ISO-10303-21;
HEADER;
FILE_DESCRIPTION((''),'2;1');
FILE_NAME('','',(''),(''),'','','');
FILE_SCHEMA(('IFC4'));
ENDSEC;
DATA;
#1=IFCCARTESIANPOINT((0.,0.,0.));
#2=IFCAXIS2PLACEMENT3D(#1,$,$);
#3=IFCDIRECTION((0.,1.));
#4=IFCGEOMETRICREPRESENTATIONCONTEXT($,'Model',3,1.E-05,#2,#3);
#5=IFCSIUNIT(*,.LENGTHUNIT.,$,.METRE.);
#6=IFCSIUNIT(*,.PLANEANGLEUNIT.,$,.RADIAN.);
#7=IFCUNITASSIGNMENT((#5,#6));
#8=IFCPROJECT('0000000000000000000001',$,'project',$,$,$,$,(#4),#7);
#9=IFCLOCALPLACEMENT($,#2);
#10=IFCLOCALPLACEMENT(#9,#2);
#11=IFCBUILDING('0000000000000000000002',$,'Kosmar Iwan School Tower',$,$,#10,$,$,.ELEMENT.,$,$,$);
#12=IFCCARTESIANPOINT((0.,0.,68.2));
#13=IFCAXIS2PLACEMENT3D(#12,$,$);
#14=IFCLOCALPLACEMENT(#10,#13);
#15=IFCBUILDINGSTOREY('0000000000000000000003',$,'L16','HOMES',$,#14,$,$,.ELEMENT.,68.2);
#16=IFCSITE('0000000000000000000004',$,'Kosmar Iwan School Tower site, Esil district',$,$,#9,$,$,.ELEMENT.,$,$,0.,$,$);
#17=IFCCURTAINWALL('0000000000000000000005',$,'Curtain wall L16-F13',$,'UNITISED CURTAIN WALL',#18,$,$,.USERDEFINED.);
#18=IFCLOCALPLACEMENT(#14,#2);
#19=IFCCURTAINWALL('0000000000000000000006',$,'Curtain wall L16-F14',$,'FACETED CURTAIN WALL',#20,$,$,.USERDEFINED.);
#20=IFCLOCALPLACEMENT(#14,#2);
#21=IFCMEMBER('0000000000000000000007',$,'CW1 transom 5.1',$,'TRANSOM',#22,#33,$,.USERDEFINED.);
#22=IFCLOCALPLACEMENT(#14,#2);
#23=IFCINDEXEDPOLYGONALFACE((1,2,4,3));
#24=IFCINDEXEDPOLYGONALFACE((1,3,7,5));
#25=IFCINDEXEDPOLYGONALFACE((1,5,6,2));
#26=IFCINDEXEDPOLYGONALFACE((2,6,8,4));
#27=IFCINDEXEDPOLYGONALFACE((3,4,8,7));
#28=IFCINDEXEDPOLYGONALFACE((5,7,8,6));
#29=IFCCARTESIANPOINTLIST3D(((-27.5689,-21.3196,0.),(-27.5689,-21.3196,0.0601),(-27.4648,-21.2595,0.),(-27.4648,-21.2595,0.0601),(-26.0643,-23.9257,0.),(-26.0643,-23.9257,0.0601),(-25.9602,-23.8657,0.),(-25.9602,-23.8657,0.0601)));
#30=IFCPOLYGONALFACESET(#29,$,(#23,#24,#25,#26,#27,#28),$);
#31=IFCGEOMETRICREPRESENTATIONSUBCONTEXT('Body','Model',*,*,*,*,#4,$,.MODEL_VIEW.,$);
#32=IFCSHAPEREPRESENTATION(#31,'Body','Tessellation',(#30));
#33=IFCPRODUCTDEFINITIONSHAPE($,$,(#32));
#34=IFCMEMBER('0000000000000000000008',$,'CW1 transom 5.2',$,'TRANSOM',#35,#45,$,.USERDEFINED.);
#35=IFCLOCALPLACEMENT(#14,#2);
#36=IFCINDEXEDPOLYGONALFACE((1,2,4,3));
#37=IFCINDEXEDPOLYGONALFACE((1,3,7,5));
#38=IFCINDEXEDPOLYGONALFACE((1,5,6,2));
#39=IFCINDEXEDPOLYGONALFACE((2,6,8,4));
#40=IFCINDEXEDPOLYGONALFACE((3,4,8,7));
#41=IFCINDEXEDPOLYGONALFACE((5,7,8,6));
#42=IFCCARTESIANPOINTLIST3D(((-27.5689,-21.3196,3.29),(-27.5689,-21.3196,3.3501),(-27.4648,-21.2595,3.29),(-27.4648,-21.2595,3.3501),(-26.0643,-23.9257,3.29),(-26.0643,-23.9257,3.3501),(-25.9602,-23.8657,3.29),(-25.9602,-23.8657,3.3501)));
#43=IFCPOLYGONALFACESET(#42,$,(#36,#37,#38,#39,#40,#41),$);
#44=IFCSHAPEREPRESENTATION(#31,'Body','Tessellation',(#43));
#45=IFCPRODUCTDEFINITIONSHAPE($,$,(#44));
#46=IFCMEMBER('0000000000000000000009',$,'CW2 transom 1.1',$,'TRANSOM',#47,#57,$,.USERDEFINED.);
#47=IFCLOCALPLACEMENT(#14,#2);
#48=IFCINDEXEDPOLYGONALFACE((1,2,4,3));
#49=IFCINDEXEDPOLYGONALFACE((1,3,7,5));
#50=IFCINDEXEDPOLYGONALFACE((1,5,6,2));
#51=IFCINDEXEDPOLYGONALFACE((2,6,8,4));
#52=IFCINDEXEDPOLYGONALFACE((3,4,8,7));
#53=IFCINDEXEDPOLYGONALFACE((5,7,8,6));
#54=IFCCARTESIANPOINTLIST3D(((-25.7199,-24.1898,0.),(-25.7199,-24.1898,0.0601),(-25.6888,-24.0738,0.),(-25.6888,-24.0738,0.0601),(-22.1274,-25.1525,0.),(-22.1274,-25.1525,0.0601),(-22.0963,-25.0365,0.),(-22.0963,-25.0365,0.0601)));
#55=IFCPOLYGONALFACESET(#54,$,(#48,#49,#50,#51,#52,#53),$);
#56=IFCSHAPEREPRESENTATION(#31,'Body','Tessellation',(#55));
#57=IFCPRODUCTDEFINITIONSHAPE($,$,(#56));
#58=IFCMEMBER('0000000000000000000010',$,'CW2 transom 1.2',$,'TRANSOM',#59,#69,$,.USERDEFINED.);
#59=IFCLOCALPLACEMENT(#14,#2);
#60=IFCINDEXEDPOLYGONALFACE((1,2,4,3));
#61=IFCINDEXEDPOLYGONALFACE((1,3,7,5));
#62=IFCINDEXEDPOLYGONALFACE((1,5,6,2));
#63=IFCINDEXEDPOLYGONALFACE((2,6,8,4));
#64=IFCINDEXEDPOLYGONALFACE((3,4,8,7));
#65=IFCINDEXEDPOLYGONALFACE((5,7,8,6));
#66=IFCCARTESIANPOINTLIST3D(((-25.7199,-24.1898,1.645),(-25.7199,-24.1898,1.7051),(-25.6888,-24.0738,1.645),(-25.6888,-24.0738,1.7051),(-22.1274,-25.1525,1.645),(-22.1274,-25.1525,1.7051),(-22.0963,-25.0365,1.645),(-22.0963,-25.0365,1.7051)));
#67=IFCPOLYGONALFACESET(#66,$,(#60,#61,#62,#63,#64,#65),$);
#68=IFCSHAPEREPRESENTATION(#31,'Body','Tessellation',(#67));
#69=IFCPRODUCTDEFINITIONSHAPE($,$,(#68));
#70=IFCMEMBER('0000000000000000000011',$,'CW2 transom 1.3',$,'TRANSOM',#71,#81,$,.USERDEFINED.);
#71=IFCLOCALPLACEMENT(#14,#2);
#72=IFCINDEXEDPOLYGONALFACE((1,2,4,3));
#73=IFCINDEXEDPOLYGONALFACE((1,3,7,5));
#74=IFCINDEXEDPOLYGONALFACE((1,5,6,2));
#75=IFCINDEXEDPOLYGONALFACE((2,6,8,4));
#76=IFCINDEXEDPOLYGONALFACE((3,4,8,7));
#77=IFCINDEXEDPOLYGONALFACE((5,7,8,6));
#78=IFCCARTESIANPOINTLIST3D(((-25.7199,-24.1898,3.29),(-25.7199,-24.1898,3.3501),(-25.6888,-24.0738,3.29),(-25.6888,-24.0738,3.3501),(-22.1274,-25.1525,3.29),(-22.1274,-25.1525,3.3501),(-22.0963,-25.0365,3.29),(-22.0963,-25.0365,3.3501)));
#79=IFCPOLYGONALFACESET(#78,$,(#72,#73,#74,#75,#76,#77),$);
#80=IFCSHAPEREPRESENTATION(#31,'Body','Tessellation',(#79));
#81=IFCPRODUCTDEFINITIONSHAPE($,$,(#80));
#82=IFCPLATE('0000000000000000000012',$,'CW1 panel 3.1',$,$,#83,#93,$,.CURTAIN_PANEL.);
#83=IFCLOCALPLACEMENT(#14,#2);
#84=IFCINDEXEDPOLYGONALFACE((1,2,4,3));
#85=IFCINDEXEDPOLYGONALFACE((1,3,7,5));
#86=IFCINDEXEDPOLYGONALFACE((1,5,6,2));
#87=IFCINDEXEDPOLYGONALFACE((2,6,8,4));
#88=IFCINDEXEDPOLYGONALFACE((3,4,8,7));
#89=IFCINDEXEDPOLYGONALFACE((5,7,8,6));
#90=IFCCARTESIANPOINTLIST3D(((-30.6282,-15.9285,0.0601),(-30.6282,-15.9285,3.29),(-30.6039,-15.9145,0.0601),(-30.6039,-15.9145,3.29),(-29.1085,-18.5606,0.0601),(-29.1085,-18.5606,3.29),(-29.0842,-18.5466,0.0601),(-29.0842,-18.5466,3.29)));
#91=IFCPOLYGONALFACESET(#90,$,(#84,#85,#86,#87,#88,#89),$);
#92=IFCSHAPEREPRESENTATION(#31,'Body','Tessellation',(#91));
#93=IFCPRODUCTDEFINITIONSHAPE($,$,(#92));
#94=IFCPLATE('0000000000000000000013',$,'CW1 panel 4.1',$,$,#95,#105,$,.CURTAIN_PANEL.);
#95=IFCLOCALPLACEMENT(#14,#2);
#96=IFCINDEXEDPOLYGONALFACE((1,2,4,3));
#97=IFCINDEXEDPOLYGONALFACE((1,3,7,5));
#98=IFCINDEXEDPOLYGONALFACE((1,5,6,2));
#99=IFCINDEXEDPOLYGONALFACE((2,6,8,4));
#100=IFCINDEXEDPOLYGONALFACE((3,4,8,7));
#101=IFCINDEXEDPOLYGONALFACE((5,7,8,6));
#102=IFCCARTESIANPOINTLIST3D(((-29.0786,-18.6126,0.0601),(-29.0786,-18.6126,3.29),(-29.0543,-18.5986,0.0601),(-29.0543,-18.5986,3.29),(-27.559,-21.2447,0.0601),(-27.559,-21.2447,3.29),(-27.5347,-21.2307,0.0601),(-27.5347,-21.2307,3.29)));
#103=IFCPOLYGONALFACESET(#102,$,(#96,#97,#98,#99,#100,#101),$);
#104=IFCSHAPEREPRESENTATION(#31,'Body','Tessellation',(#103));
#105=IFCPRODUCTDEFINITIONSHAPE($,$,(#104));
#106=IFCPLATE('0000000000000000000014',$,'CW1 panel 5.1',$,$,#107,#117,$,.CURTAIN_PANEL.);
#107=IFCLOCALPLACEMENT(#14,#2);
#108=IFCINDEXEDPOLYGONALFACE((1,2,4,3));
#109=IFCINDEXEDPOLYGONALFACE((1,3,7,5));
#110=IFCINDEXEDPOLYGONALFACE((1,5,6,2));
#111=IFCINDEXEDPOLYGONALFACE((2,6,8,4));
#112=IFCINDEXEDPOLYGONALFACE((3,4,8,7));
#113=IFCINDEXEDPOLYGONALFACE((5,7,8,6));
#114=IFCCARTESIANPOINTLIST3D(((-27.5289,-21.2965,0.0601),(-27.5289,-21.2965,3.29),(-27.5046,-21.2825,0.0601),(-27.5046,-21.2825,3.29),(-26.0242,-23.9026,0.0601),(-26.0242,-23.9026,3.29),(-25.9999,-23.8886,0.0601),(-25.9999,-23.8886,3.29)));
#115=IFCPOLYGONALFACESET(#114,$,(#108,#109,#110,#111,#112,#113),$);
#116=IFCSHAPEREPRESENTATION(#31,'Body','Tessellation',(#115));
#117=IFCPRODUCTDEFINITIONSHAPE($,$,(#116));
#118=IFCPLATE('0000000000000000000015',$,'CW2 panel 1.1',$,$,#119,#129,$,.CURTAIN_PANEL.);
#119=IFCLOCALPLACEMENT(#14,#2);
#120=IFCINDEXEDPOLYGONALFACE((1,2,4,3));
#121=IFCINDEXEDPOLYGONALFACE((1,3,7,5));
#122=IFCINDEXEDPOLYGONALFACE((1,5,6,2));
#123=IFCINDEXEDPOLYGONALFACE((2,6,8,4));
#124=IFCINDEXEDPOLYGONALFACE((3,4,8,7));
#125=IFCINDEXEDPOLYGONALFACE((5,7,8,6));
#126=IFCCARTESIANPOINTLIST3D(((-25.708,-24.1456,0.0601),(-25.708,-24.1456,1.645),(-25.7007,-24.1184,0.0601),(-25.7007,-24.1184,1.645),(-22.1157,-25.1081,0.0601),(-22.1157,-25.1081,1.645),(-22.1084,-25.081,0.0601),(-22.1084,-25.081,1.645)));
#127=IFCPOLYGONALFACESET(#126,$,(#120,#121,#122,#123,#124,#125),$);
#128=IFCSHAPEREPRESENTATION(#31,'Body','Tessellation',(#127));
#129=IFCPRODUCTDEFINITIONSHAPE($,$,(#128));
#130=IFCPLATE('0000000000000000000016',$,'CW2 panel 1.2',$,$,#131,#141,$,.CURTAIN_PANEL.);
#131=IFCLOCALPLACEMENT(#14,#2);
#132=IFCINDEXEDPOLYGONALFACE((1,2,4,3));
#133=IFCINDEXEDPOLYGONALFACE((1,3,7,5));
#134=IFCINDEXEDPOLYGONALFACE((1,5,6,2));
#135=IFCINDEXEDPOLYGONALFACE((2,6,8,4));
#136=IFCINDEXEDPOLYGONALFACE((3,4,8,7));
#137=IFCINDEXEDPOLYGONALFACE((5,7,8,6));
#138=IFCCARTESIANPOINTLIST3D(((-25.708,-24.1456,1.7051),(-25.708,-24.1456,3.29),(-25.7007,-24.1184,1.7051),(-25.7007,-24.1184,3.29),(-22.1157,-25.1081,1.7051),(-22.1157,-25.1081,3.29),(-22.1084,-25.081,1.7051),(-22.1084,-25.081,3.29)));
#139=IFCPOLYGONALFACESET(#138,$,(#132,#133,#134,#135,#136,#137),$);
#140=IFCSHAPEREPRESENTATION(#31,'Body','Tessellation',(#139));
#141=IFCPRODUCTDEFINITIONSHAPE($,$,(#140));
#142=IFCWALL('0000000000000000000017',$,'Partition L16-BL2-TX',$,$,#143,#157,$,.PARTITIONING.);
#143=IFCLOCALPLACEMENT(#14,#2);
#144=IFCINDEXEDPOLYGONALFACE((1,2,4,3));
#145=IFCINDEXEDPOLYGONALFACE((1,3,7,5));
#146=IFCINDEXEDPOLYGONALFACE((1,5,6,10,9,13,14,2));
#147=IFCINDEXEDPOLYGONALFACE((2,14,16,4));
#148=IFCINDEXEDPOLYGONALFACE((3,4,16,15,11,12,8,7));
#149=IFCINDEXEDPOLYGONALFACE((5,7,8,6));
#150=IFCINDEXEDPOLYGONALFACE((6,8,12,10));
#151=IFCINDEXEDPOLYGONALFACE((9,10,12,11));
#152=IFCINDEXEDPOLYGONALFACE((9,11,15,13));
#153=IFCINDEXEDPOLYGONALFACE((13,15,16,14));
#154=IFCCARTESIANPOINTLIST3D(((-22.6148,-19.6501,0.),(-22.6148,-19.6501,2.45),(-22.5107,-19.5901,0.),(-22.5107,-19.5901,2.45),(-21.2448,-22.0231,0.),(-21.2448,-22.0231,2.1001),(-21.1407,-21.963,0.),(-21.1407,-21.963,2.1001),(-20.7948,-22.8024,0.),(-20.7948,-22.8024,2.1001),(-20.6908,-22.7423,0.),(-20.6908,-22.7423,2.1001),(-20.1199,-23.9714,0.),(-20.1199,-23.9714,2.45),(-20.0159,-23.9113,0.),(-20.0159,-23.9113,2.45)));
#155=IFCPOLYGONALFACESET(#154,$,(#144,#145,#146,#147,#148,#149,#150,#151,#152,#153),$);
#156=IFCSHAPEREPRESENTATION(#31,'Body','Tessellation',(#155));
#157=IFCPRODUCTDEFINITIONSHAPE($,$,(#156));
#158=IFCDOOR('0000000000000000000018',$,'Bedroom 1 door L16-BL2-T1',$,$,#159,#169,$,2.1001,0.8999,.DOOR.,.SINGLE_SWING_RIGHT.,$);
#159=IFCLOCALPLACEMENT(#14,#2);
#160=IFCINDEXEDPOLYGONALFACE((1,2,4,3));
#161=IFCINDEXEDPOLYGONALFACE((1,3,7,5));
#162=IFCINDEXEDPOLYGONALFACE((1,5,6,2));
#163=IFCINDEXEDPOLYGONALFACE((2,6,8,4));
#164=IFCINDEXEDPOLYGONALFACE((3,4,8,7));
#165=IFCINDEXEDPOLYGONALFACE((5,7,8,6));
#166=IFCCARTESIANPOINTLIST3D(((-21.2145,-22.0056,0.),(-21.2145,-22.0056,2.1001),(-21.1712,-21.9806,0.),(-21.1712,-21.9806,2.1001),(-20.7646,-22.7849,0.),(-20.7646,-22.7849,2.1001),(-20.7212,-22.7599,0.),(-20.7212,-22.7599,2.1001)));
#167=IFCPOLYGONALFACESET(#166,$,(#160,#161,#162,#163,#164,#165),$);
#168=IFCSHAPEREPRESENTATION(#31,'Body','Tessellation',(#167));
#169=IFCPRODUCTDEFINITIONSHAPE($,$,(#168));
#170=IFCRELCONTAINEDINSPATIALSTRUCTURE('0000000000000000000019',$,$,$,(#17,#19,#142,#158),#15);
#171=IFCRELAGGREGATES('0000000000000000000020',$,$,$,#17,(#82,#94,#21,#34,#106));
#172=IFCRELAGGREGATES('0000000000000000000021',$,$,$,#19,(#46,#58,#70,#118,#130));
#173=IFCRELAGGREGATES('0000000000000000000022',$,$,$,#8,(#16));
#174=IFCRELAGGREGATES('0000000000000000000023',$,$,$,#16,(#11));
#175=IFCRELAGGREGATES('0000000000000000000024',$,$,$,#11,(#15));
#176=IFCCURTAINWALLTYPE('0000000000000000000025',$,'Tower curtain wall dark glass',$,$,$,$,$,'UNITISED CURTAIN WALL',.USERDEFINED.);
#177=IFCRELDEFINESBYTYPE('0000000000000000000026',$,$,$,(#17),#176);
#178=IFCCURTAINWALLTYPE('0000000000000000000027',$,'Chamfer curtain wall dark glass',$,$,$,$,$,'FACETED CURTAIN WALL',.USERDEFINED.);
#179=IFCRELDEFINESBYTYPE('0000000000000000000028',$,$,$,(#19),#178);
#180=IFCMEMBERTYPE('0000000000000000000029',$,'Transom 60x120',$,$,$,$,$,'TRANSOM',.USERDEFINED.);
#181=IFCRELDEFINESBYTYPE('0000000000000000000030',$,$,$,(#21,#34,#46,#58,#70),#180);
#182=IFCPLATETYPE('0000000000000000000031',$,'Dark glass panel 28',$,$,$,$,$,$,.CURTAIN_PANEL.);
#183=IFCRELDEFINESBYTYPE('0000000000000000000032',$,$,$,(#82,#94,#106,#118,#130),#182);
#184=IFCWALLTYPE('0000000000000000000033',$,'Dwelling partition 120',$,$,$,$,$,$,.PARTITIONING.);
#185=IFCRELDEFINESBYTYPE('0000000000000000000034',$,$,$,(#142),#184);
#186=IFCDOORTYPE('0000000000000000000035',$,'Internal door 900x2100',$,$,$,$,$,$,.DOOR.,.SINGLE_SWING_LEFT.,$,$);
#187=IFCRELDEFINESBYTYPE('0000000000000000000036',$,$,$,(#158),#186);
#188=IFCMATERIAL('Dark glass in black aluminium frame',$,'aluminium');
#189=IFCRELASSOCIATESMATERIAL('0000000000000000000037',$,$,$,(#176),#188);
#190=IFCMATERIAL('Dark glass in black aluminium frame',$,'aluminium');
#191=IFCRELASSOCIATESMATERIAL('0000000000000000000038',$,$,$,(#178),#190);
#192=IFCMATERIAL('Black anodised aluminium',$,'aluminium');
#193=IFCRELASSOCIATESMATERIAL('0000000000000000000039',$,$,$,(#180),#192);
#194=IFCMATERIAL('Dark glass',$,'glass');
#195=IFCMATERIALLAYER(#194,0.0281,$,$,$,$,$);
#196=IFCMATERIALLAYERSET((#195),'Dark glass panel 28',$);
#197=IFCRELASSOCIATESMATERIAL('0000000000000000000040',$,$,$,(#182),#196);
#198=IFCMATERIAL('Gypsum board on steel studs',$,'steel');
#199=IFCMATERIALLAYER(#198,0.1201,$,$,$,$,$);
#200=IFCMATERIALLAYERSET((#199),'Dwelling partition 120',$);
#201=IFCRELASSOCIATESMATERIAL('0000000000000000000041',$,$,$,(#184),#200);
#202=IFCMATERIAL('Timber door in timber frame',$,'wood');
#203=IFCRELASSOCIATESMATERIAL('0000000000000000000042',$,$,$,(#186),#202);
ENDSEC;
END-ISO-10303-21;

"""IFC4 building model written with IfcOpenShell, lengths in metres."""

from ifc_helpers import new_model, si_unit, direction, frame, frame_2d, origin, origin_2d, place, context, subcontext, project, spatial, rectangle, extrude, material, layer, layer_set, material_profile, profile_set, type_object, element, fill, aggregate, save


model = new_model("IFC4")

# Units and contexts
model_context = context("Model", 3, precision=1e-05, world=origin(), true_north=direction((0.0, 1.0)))
body_context = subcontext(model_context, "Body", "Model", "MODEL_VIEW")
ifc_project = project(units=[si_unit("LENGTHUNIT", "METRE"), si_unit("PLANEANGLEUNIT", "RADIAN")], contexts=[model_context])

# Site, building, storey
site_placement = place(None, origin())
site = spatial("IfcSite", under=ifc_project, at=site_placement, Name="Kosmar Iwan School Tower site, Esil district", CompositionType="ELEMENT", RefElevation=0.0)
building_placement = place(site_placement, origin())
building = spatial("IfcBuilding", under=site, at=building_placement, Name="Kosmar Iwan School Tower", CompositionType="ELEMENT")
storey_placement = place(building_placement, frame((0.0, 0.0, 68.2)))
storey = spatial("IfcBuildingStorey", under=building, at=storey_placement, Name="L16", Description="HOMES", CompositionType="ELEMENT", Elevation=68.2)

# Curtain walls
ifc_material_1 = material(Name="Dark glass in black aluminium frame", Category="aluminium")
curtain_wall_type_1 = type_object("IfcCurtainWallType", Name="Tower curtain wall dark glass", ElementType="UNITISED CURTAIN WALL", PredefinedType="USERDEFINED", material=ifc_material_1)
curtain_wall_1_placement = place(storey_placement, origin())
curtain_wall_1 = element("IfcCurtainWall", 1, at=curtain_wall_1_placement, inside=storey, type_object=curtain_wall_type_1, Name="Curtain wall L16-F13", ObjectType="UNITISED CURTAIN WALL", PredefinedType="USERDEFINED")
ifc_material_2 = material(Name="Dark glass in black aluminium frame", Category="aluminium")
curtain_wall_type_2 = type_object("IfcCurtainWallType", Name="Chamfer curtain wall dark glass", ElementType="FACETED CURTAIN WALL", PredefinedType="USERDEFINED", material=ifc_material_2)
curtain_wall_2_placement = place(storey_placement, origin())
curtain_wall_2 = element("IfcCurtainWall", 2, at=curtain_wall_2_placement, inside=storey, type_object=curtain_wall_type_2, Name="Curtain wall L16-F14", ObjectType="FACETED CURTAIN WALL", PredefinedType="USERDEFINED")

# Members
ifc_material_3 = material(Name="Black anodised aluminium", Category="aluminium")
ifc_material_profile_1 = material_profile(ifc_material_3, rectangle(XDim=0.1201, YDim=0.0601, at=origin_2d()), Name="TRANSOM 60x120")
ifc_profile_set_1 = profile_set([ifc_material_profile_1], Name="Black anodised aluminium")
member_type_1 = type_object("IfcMemberType", Name="Transom 60x120", ElementType="TRANSOM", PredefinedType="USERDEFINED", material=ifc_profile_set_1)
member_1_placement = place(storey_placement, frame((-27.5168, -21.2896, 0.03), z_axis=(0.499987, -0.866033, 0.0), x_axis=(0.866033, 0.499987, 0.0)))
member_1 = element("IfcMember", 3, at=member_1_placement, type_object=member_type_1, Name="CW1 transom 5.1", ObjectType="TRANSOM", PredefinedType="USERDEFINED", context=body_context, shape_type="SweptSolid", body=[
    extrude(rectangle(XDim=0.1201, YDim=0.0601, at=origin_2d()), origin(), (0.0, 0.0, 1.0), 3.0093),
])
member_2_placement = place(storey_placement, frame((-27.5168, -21.2896, 3.3201), z_axis=(0.499987, -0.866033, 0.0), x_axis=(0.866033, 0.499987, 0.0)))
member_2 = element("IfcMember", 4, at=member_2_placement, type_object=member_type_1, Name="CW1 transom 5.2", ObjectType="TRANSOM", PredefinedType="USERDEFINED", context=body_context, shape_type="SweptSolid", body=[
    extrude(rectangle(XDim=0.1201, YDim=0.0601, at=origin_2d()), origin(), (0.0, 0.0, 1.0), 3.0093),
])
member_3_placement = place(storey_placement, frame((-25.7043, -24.1318, 0.03), z_axis=(0.965924, -0.258827, 0.0), x_axis=(0.258827, 0.965924, 0.0)))
member_3 = element("IfcMember", 5, at=member_3_placement, type_object=member_type_1, Name="CW2 transom 1.1", ObjectType="TRANSOM", PredefinedType="USERDEFINED", context=body_context, shape_type="SweptSolid", body=[
    extrude(rectangle(XDim=0.1201, YDim=0.0601, at=origin_2d()), origin(), (0.0, 0.0, 1.0), 3.7192),
])
member_4_placement = place(storey_placement, frame((-25.7043, -24.1318, 1.675), z_axis=(0.965924, -0.258827, 0.0), x_axis=(0.258827, 0.965924, 0.0)))
member_4 = element("IfcMember", 6, at=member_4_placement, type_object=member_type_1, Name="CW2 transom 1.2", ObjectType="TRANSOM", PredefinedType="USERDEFINED", context=body_context, shape_type="SweptSolid", body=[
    extrude(rectangle(XDim=0.1201, YDim=0.0601, at=origin_2d()), origin(), (0.0, 0.0, 1.0), 3.7192),
])
member_5_placement = place(storey_placement, frame((-25.7043, -24.1318, 3.3201), z_axis=(0.965924, -0.258827, 0.0), x_axis=(0.258827, 0.965924, 0.0)))
member_5 = element("IfcMember", 7, at=member_5_placement, type_object=member_type_1, Name="CW2 transom 1.3", ObjectType="TRANSOM", PredefinedType="USERDEFINED", context=body_context, shape_type="SweptSolid", body=[
    extrude(rectangle(XDim=0.1201, YDim=0.0601, at=origin_2d()), origin(), (0.0, 0.0, 1.0), 3.7192),
])

# Plates
ifc_material_4 = material(Name="Dark glass", Category="glass")
ifc_layer_1 = layer(ifc_material_4, 0.0281)
ifc_layer_set_1 = layer_set([ifc_layer_1], Name="Dark glass panel 28")
plate_type = type_object("IfcPlateType", Name="Dark glass panel 28", PredefinedType="CURTAIN_PANEL", material=ifc_layer_set_1)
plate_1_placement = place(storey_placement, frame((-29.8562, -17.2375, 0.0601), z_axis=(0.0, 0.0, 1.0), x_axis=(0.5, -0.866025, 0.0)))
plate_1 = element("IfcPlate", 8, at=plate_1_placement, type_object=plate_type, Name="CW1 panel 3.1", PredefinedType="CURTAIN_PANEL", context=body_context, shape_type="SweptSolid", body=[
    extrude(rectangle(XDim=3.0393, YDim=0.0281, at=origin_2d()), origin(), (0.0, 0.0, 1.0), 3.23),
])
plate_2_placement = place(storey_placement, frame((-28.3066, -19.9216, 0.0601), z_axis=(0.0, 0.0, 1.0), x_axis=(0.5, -0.866025, 0.0)))
plate_2 = element("IfcPlate", 9, at=plate_2_placement, type_object=plate_type, Name="CW1 panel 4.1", PredefinedType="CURTAIN_PANEL", context=body_context, shape_type="SweptSolid", body=[
    extrude(rectangle(XDim=3.0393, YDim=0.0281, at=origin_2d()), origin(), (0.0, 0.0, 1.0), 3.23),
])
plate_3_placement = place(storey_placement, frame((-26.7644, -22.5925, 0.0601), z_axis=(0.0, 0.0, 1.0), x_axis=(0.5, -0.866025, 0.0)))
plate_3 = element("IfcPlate", 10, at=plate_3_placement, type_object=plate_type, Name="CW1 panel 5.1", PredefinedType="CURTAIN_PANEL", context=body_context, shape_type="SweptSolid", body=[
    extrude(rectangle(XDim=3.0093, YDim=0.0281, at=origin_2d()), origin(), (0.0, 0.0, 1.0), 3.23),
])
aggregate(curtain_wall_1, [plate_1, plate_2, member_1, member_2, plate_3])
plate_4_placement = place(storey_placement, frame((-23.9082, -24.6133, 0.0601), z_axis=(0.0, 0.0, 1.0), x_axis=(0.965926, -0.258819, 0.0)))
plate_4 = element("IfcPlate", 11, at=plate_4_placement, type_object=plate_type, Name="CW2 panel 1.1", PredefinedType="CURTAIN_PANEL", context=body_context, shape_type="SweptSolid", body=[
    extrude(rectangle(XDim=3.719, YDim=0.0281, at=origin_2d()), origin(), (0.0, 0.0, 1.0), 1.585),
])
plate_5_placement = place(storey_placement, frame((-23.9082, -24.6133, 1.7051), z_axis=(0.0, 0.0, 1.0), x_axis=(0.965926, -0.258819, 0.0)))
plate_5 = element("IfcPlate", 12, at=plate_5_placement, type_object=plate_type, Name="CW2 panel 1.2", PredefinedType="CURTAIN_PANEL", context=body_context, shape_type="SweptSolid", body=[
    extrude(rectangle(XDim=3.719, YDim=0.0281, at=origin_2d()), origin(), (0.0, 0.0, 1.0), 1.585),
])
aggregate(curtain_wall_2, [member_3, member_4, member_5, plate_4, plate_5])

# Wall, opening, door
ifc_material_5 = material(Name="Gypsum board on steel studs", Category="steel")
ifc_layer_2 = layer(ifc_material_5, 0.1201)
ifc_layer_set_2 = layer_set([ifc_layer_2], Name="Dwelling partition 120")
wall_type_1 = type_object("IfcWallType", Name="Dwelling partition 120", PredefinedType="PARTITIONING", material=ifc_layer_set_2)
wall_1_placement = place(storey_placement, frame((-22.5627, -19.6201, 0.0), z_axis=(0.0, 0.0, 1.0), x_axis=(0.499996, -0.866028, 0.0)))
wall_1 = element("IfcWall", 13, at=wall_1_placement, inside=storey, type_object=wall_type_1, Name="Partition L16-BL2-TX", PredefinedType="PARTITIONING", context=body_context, shape_type="SweptSolid", body=[
    extrude(rectangle(XDim=4.9897, YDim=0.1201, at=frame_2d((2.4949, 0.0))), origin(), (0.0, 0.0, 1.0), 2.45),
])
opening_1_placement = place(wall_1_placement, frame((2.74, 0.0, 0.0)))
opening_1 = element("IfcOpeningElement", 14, at=opening_1_placement, cuts=wall_1, PredefinedType="OPENING", context=body_context, shape_type="SweptSolid", body=[
    extrude(rectangle(XDim=0.8999, YDim=2.1001, at=frame_2d((0.45, 1.05))), frame((0.0, 0.072, 0.0), z_axis=(0.0, -1.0, 0.0), x_axis=(1.0, 0.0, 0.0)), (0.0, 0.0, 1.0), 0.144),
])
ifc_material_6 = material(Name="Timber door in timber frame", Category="wood")
door_type_1 = type_object("IfcDoorType", Name="Internal door 900x2100", OperationType="SINGLE_SWING_LEFT", PredefinedType="DOOR", material=ifc_material_6)
door_1_placement = place(opening_1_placement, origin())
door_1 = element("IfcDoor", 15, at=door_1_placement, inside=storey, type_object=door_type_1, Name="Bedroom 1 door L16-BL2-T1", OperationType="SINGLE_SWING_RIGHT", OverallHeight=2.1001, OverallWidth=0.8999, PredefinedType="DOOR", context=body_context, shape_type="SweptSolid", body=[
    extrude(rectangle(XDim=0.8999, YDim=2.1001, at=frame_2d((0.45, 1.05))), frame((0.0, 0.0249, 0.0), z_axis=(0.0, -1.0, 0.0), x_axis=(1.0, 0.0, 0.0)), (0.0, 0.0, 1.0), 0.05),
])
fill(opening_1, door_1)

save(model, "model.ifc")
